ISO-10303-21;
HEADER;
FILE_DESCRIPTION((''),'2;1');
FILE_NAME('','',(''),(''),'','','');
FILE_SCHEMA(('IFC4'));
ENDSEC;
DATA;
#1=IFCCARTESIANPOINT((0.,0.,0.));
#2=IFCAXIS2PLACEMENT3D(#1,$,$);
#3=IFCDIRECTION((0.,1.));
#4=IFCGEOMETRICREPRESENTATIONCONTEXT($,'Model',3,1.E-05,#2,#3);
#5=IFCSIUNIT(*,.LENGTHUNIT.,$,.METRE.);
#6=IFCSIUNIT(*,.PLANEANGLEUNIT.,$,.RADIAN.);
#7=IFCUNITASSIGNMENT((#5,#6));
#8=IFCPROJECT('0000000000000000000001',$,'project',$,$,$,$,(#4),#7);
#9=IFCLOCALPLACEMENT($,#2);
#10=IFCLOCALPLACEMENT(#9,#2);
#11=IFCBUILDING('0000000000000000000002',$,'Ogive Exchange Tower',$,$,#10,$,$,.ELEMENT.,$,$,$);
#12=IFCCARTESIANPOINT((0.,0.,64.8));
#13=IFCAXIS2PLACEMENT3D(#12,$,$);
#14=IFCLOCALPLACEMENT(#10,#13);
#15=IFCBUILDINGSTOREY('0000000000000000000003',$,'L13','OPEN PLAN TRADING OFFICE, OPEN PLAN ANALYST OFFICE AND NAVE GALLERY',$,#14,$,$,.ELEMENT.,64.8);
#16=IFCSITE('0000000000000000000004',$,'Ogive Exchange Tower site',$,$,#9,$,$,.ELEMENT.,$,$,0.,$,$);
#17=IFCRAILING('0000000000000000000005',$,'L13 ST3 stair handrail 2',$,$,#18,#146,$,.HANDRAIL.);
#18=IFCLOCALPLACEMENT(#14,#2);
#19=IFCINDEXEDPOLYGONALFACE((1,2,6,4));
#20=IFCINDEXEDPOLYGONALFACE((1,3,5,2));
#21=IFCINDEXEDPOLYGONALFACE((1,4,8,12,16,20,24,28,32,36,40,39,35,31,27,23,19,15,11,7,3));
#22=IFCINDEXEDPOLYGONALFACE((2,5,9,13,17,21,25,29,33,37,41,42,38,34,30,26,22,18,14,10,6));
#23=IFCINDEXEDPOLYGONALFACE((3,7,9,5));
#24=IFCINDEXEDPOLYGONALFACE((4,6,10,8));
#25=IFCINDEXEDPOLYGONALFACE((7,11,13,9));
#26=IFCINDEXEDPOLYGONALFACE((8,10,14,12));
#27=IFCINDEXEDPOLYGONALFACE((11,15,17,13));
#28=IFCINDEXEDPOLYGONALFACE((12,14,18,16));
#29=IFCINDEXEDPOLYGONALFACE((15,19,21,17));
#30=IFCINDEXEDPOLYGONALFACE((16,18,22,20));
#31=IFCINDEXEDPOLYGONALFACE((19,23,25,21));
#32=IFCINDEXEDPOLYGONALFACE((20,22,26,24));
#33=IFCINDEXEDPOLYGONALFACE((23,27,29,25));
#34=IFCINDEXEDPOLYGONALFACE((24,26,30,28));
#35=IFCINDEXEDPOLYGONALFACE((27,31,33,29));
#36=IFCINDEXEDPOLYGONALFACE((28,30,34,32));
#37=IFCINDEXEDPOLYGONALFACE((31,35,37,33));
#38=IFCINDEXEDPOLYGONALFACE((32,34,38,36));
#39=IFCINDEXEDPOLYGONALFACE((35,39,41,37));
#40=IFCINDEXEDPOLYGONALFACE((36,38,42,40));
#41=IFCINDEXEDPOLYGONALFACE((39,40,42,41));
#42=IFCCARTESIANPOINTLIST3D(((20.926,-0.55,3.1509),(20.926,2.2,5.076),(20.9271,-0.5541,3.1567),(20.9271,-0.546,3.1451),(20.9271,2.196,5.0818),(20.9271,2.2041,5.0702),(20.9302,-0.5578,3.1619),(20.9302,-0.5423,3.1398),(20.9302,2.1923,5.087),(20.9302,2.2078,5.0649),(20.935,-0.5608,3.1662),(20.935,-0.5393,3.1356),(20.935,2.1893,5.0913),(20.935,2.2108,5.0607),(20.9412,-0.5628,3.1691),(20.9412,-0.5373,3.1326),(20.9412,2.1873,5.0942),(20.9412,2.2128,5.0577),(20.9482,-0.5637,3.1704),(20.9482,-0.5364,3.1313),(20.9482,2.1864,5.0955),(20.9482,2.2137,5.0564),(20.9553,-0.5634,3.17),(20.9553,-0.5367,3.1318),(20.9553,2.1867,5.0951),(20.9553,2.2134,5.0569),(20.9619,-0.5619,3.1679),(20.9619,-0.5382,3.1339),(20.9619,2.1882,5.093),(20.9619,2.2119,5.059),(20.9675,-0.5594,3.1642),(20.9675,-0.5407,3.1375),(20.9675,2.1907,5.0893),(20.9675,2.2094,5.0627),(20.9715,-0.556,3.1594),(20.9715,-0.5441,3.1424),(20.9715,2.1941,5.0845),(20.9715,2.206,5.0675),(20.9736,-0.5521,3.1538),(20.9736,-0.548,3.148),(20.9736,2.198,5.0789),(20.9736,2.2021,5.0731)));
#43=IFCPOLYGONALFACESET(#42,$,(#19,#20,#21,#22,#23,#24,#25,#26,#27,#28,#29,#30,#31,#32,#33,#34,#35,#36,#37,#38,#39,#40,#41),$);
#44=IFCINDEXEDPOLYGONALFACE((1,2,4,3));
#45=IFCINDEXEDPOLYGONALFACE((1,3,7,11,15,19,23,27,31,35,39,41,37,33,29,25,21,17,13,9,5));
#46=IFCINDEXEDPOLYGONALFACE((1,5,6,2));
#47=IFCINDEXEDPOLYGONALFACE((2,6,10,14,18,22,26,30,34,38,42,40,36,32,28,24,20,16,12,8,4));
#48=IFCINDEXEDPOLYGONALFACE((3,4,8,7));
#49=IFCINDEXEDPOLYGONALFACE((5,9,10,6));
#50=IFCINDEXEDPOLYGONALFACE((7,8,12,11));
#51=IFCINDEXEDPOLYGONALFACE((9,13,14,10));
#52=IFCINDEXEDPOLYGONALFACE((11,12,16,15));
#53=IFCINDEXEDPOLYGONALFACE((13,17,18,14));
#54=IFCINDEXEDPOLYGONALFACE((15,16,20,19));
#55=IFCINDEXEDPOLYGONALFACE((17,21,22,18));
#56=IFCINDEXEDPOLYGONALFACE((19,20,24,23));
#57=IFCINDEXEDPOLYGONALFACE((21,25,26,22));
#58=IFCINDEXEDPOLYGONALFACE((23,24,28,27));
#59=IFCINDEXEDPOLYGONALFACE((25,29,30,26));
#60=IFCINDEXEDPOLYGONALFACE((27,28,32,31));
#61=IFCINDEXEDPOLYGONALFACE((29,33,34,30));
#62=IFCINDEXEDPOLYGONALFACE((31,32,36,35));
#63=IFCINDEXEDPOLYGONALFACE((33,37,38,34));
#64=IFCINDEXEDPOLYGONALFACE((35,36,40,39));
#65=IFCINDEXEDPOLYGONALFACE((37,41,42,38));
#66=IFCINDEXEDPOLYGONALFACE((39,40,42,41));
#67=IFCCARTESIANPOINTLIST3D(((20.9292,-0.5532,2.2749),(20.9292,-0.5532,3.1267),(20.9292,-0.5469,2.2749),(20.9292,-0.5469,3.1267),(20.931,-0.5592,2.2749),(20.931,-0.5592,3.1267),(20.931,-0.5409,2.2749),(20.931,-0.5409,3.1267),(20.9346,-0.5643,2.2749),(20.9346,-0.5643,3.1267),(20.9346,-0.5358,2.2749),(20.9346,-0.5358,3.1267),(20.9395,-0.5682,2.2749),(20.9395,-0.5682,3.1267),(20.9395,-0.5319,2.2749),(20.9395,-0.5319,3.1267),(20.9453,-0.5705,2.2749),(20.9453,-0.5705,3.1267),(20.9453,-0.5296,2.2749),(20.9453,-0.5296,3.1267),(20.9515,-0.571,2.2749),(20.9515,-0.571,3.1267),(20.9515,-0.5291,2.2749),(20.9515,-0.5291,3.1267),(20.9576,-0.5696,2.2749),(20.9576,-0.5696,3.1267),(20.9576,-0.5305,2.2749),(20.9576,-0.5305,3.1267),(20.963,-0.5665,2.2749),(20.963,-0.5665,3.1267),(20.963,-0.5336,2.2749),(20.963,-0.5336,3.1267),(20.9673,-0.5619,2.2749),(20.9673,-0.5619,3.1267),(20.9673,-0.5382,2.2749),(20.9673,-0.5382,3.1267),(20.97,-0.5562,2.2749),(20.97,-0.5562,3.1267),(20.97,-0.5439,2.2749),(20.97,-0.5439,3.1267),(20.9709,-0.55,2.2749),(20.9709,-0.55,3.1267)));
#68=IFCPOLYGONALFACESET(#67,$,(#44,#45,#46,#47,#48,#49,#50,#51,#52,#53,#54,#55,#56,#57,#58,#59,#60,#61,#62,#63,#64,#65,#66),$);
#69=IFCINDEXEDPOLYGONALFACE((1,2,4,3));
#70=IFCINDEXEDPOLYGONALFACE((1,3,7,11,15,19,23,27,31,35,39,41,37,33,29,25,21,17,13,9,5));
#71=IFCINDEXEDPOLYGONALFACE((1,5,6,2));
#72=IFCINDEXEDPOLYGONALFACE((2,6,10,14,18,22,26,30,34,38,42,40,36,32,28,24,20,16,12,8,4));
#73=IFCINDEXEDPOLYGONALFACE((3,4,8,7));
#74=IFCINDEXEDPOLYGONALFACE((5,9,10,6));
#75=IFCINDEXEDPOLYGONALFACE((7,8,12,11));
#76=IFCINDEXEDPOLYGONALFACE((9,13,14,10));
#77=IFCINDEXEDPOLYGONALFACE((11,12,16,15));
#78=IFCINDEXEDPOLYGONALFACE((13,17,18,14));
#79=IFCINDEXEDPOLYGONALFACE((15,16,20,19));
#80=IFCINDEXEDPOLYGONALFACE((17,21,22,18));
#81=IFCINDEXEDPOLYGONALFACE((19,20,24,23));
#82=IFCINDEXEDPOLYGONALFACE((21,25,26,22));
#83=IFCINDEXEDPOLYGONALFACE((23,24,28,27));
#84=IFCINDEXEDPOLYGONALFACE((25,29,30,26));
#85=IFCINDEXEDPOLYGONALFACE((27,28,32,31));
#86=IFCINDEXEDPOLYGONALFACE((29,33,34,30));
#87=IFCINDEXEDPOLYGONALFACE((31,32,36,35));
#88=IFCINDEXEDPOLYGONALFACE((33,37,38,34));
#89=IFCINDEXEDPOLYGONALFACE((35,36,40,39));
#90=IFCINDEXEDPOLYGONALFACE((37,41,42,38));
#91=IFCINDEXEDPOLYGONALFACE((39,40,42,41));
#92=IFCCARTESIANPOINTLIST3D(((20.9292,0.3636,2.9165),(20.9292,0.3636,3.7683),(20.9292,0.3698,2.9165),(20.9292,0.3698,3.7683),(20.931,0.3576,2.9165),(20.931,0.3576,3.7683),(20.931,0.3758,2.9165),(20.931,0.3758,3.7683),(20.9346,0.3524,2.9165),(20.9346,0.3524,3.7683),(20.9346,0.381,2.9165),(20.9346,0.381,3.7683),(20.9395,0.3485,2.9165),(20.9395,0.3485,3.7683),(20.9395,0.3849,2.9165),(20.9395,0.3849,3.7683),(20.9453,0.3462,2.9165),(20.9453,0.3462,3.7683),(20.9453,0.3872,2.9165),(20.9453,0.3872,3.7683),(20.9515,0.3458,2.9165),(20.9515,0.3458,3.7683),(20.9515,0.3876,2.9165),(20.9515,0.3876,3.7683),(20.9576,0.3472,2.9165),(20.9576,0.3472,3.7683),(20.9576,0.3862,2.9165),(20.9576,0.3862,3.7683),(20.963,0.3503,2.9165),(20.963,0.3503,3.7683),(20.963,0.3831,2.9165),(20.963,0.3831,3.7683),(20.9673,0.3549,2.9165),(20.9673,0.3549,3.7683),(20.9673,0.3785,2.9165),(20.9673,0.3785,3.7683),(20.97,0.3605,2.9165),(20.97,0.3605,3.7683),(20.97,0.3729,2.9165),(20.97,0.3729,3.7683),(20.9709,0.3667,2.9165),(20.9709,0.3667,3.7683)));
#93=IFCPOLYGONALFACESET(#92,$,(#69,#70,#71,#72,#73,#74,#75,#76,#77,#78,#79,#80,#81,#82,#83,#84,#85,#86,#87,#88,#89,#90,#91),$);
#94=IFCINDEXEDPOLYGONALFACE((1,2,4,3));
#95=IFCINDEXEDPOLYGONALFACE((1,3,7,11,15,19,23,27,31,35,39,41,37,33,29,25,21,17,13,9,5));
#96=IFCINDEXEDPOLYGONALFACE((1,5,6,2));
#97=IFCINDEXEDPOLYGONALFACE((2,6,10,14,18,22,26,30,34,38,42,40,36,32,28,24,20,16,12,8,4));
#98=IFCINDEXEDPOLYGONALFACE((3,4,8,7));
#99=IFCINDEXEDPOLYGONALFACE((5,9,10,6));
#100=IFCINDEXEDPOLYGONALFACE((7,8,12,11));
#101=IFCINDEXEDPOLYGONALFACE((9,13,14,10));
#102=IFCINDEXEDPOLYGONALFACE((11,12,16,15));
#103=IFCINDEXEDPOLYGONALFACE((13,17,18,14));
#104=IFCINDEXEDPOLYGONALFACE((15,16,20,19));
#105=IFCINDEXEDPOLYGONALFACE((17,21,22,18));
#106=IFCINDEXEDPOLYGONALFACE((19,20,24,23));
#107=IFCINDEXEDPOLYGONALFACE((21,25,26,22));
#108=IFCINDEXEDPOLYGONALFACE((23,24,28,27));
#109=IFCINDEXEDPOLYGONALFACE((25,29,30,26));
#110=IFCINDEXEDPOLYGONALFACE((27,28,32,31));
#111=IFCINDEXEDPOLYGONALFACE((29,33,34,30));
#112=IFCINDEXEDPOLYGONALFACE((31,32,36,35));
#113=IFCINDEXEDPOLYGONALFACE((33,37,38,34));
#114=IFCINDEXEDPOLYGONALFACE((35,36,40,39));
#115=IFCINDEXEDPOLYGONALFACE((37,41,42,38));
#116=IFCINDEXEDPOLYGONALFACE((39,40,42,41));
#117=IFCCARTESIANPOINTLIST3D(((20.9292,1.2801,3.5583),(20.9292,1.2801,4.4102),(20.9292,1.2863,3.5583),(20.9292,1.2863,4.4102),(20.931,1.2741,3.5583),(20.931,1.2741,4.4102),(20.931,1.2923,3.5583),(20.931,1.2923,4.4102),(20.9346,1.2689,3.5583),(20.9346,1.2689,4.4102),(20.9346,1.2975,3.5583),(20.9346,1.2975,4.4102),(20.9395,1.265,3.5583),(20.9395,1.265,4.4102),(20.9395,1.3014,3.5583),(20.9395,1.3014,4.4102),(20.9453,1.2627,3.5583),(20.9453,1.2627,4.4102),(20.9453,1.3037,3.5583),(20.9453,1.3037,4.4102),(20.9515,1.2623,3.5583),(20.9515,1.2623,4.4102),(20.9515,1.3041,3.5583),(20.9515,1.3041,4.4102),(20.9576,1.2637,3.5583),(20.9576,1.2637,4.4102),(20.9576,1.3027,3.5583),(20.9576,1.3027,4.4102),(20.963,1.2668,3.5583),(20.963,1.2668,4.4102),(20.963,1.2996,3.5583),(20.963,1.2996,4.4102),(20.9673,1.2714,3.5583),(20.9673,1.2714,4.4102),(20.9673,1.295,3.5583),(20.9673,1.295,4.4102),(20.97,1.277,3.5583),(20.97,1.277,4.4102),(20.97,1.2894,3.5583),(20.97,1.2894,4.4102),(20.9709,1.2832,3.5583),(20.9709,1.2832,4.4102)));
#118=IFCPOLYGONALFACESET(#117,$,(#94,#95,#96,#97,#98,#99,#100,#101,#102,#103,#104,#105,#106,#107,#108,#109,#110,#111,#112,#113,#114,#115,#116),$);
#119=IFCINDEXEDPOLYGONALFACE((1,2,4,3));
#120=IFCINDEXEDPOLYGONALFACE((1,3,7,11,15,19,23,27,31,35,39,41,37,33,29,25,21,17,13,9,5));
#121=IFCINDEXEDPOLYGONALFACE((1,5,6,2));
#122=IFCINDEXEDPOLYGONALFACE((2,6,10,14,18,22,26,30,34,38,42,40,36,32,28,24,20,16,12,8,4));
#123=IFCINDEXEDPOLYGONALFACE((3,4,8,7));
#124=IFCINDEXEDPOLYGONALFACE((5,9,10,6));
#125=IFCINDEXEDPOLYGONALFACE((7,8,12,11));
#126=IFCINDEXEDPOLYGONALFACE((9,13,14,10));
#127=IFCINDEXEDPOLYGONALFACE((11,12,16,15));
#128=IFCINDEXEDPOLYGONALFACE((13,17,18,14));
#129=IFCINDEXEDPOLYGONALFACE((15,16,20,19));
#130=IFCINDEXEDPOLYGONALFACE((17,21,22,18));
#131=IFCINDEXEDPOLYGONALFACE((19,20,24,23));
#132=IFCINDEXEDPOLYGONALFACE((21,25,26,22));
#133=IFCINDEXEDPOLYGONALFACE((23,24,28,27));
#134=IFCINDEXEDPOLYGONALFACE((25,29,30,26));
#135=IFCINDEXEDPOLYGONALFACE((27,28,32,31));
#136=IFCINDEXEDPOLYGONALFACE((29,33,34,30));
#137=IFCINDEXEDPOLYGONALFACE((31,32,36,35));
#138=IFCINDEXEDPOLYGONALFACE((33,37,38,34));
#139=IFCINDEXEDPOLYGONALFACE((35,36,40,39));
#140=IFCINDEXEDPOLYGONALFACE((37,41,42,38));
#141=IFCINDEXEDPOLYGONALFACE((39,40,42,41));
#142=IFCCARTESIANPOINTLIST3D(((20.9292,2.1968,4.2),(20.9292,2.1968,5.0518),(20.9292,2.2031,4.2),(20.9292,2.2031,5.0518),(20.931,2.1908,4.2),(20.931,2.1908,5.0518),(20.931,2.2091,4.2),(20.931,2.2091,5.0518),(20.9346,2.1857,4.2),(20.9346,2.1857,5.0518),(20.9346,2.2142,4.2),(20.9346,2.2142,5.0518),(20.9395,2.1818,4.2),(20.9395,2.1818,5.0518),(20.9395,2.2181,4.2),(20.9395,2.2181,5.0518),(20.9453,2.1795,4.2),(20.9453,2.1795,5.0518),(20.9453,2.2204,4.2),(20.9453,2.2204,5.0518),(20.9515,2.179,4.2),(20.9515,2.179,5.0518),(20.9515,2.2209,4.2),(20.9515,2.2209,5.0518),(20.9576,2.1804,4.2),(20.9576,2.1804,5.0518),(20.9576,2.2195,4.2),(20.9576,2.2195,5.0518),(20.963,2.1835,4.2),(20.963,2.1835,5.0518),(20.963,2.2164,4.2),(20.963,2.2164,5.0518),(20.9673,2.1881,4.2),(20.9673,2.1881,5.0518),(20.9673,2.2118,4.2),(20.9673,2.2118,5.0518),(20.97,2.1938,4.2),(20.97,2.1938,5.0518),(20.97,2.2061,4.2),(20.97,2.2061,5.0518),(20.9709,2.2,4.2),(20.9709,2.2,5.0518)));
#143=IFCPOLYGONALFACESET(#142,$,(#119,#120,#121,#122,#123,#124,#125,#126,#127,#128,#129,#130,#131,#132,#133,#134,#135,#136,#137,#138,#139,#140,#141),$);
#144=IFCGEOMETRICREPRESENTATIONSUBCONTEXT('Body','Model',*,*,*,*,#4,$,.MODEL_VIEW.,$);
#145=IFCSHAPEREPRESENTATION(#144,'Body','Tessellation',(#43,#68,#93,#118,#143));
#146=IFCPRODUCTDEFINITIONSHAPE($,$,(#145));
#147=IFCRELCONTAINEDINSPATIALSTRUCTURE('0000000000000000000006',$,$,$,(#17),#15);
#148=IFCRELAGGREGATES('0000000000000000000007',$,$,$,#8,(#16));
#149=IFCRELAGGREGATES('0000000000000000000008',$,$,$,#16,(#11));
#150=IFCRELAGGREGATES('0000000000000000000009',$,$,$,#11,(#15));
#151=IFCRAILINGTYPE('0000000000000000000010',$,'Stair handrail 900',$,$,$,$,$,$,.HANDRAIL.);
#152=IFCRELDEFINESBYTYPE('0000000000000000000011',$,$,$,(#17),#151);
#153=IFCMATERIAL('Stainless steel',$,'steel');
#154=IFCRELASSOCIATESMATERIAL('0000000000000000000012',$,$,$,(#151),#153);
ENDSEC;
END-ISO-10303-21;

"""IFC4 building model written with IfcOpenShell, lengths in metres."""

from ifc_helpers import new_model, si_unit, direction, frame, origin, origin_2d, place, context, subcontext, project, spatial, circle, extrude, material, type_object, element, save


model = new_model("IFC4")

# Units and contexts
model_context = context("Model", 3, precision=1e-05, world=origin(), true_north=direction((0.0, 1.0)))
body_context = subcontext(model_context, "Body", "Model", "MODEL_VIEW")
ifc_project = project(units=[si_unit("LENGTHUNIT", "METRE"), si_unit("PLANEANGLEUNIT", "RADIAN")], contexts=[model_context])

# Site, building, storey
site_placement = place(None, origin())
site = spatial("IfcSite", under=ifc_project, at=site_placement, Name="Ogive Exchange Tower site", CompositionType="ELEMENT", RefElevation=0.0)
building_placement = place(site_placement, origin())
building = spatial("IfcBuilding", under=site, at=building_placement, Name="Ogive Exchange Tower", CompositionType="ELEMENT")
storey_placement = place(building_placement, frame((0.0, 0.0, 64.8)))
storey = spatial("IfcBuildingStorey", under=building, at=storey_placement, Name="L13", Description="OPEN PLAN TRADING OFFICE, OPEN PLAN ANALYST OFFICE AND NAVE GALLERY", CompositionType="ELEMENT", Elevation=64.8)

# Railing
ifc_material_1 = material(Name="Stainless steel", Category="steel")
railing_type = type_object("IfcRailingType", Name="Stair handrail 900", PredefinedType="HANDRAIL", material=ifc_material_1)
railing_placement = place(storey_placement, frame((20.95, -0.55, 2.2749)))
element("IfcRailing", 1, at=railing_placement, inside=storey, type_object=railing_type, Name="L13 ST3 stair handrail 2", PredefinedType="HANDRAIL", context=body_context, shape_type="SweptSolid", body=[
    extrude(circle(Radius=0.0239, at=origin_2d()), frame((0.0, 0.0, 0.876), z_axis=(0.0, 0.819225, 0.573472), x_axis=(-1.0, 0.0, 0.0)), (0.0, 0.0, 1.0), 3.3569),
    extrude(circle(Radius=0.021, at=origin_2d()), origin(), (0.0, 0.0, 1.0), 0.8518),
    extrude(circle(Radius=0.021, at=origin_2d()), frame((0.0, 0.9167, 0.6416)), (0.0, 0.0, 1.0), 0.8518),
    extrude(circle(Radius=0.021, at=origin_2d()), frame((0.0, 1.8333, 1.2834)), (0.0, 0.0, 1.0), 0.8518),
    extrude(circle(Radius=0.021, at=origin_2d()), frame((0.0, 2.75, 1.925)), (0.0, 0.0, 1.0), 0.8518),
])

save(model, "model.ifc")
